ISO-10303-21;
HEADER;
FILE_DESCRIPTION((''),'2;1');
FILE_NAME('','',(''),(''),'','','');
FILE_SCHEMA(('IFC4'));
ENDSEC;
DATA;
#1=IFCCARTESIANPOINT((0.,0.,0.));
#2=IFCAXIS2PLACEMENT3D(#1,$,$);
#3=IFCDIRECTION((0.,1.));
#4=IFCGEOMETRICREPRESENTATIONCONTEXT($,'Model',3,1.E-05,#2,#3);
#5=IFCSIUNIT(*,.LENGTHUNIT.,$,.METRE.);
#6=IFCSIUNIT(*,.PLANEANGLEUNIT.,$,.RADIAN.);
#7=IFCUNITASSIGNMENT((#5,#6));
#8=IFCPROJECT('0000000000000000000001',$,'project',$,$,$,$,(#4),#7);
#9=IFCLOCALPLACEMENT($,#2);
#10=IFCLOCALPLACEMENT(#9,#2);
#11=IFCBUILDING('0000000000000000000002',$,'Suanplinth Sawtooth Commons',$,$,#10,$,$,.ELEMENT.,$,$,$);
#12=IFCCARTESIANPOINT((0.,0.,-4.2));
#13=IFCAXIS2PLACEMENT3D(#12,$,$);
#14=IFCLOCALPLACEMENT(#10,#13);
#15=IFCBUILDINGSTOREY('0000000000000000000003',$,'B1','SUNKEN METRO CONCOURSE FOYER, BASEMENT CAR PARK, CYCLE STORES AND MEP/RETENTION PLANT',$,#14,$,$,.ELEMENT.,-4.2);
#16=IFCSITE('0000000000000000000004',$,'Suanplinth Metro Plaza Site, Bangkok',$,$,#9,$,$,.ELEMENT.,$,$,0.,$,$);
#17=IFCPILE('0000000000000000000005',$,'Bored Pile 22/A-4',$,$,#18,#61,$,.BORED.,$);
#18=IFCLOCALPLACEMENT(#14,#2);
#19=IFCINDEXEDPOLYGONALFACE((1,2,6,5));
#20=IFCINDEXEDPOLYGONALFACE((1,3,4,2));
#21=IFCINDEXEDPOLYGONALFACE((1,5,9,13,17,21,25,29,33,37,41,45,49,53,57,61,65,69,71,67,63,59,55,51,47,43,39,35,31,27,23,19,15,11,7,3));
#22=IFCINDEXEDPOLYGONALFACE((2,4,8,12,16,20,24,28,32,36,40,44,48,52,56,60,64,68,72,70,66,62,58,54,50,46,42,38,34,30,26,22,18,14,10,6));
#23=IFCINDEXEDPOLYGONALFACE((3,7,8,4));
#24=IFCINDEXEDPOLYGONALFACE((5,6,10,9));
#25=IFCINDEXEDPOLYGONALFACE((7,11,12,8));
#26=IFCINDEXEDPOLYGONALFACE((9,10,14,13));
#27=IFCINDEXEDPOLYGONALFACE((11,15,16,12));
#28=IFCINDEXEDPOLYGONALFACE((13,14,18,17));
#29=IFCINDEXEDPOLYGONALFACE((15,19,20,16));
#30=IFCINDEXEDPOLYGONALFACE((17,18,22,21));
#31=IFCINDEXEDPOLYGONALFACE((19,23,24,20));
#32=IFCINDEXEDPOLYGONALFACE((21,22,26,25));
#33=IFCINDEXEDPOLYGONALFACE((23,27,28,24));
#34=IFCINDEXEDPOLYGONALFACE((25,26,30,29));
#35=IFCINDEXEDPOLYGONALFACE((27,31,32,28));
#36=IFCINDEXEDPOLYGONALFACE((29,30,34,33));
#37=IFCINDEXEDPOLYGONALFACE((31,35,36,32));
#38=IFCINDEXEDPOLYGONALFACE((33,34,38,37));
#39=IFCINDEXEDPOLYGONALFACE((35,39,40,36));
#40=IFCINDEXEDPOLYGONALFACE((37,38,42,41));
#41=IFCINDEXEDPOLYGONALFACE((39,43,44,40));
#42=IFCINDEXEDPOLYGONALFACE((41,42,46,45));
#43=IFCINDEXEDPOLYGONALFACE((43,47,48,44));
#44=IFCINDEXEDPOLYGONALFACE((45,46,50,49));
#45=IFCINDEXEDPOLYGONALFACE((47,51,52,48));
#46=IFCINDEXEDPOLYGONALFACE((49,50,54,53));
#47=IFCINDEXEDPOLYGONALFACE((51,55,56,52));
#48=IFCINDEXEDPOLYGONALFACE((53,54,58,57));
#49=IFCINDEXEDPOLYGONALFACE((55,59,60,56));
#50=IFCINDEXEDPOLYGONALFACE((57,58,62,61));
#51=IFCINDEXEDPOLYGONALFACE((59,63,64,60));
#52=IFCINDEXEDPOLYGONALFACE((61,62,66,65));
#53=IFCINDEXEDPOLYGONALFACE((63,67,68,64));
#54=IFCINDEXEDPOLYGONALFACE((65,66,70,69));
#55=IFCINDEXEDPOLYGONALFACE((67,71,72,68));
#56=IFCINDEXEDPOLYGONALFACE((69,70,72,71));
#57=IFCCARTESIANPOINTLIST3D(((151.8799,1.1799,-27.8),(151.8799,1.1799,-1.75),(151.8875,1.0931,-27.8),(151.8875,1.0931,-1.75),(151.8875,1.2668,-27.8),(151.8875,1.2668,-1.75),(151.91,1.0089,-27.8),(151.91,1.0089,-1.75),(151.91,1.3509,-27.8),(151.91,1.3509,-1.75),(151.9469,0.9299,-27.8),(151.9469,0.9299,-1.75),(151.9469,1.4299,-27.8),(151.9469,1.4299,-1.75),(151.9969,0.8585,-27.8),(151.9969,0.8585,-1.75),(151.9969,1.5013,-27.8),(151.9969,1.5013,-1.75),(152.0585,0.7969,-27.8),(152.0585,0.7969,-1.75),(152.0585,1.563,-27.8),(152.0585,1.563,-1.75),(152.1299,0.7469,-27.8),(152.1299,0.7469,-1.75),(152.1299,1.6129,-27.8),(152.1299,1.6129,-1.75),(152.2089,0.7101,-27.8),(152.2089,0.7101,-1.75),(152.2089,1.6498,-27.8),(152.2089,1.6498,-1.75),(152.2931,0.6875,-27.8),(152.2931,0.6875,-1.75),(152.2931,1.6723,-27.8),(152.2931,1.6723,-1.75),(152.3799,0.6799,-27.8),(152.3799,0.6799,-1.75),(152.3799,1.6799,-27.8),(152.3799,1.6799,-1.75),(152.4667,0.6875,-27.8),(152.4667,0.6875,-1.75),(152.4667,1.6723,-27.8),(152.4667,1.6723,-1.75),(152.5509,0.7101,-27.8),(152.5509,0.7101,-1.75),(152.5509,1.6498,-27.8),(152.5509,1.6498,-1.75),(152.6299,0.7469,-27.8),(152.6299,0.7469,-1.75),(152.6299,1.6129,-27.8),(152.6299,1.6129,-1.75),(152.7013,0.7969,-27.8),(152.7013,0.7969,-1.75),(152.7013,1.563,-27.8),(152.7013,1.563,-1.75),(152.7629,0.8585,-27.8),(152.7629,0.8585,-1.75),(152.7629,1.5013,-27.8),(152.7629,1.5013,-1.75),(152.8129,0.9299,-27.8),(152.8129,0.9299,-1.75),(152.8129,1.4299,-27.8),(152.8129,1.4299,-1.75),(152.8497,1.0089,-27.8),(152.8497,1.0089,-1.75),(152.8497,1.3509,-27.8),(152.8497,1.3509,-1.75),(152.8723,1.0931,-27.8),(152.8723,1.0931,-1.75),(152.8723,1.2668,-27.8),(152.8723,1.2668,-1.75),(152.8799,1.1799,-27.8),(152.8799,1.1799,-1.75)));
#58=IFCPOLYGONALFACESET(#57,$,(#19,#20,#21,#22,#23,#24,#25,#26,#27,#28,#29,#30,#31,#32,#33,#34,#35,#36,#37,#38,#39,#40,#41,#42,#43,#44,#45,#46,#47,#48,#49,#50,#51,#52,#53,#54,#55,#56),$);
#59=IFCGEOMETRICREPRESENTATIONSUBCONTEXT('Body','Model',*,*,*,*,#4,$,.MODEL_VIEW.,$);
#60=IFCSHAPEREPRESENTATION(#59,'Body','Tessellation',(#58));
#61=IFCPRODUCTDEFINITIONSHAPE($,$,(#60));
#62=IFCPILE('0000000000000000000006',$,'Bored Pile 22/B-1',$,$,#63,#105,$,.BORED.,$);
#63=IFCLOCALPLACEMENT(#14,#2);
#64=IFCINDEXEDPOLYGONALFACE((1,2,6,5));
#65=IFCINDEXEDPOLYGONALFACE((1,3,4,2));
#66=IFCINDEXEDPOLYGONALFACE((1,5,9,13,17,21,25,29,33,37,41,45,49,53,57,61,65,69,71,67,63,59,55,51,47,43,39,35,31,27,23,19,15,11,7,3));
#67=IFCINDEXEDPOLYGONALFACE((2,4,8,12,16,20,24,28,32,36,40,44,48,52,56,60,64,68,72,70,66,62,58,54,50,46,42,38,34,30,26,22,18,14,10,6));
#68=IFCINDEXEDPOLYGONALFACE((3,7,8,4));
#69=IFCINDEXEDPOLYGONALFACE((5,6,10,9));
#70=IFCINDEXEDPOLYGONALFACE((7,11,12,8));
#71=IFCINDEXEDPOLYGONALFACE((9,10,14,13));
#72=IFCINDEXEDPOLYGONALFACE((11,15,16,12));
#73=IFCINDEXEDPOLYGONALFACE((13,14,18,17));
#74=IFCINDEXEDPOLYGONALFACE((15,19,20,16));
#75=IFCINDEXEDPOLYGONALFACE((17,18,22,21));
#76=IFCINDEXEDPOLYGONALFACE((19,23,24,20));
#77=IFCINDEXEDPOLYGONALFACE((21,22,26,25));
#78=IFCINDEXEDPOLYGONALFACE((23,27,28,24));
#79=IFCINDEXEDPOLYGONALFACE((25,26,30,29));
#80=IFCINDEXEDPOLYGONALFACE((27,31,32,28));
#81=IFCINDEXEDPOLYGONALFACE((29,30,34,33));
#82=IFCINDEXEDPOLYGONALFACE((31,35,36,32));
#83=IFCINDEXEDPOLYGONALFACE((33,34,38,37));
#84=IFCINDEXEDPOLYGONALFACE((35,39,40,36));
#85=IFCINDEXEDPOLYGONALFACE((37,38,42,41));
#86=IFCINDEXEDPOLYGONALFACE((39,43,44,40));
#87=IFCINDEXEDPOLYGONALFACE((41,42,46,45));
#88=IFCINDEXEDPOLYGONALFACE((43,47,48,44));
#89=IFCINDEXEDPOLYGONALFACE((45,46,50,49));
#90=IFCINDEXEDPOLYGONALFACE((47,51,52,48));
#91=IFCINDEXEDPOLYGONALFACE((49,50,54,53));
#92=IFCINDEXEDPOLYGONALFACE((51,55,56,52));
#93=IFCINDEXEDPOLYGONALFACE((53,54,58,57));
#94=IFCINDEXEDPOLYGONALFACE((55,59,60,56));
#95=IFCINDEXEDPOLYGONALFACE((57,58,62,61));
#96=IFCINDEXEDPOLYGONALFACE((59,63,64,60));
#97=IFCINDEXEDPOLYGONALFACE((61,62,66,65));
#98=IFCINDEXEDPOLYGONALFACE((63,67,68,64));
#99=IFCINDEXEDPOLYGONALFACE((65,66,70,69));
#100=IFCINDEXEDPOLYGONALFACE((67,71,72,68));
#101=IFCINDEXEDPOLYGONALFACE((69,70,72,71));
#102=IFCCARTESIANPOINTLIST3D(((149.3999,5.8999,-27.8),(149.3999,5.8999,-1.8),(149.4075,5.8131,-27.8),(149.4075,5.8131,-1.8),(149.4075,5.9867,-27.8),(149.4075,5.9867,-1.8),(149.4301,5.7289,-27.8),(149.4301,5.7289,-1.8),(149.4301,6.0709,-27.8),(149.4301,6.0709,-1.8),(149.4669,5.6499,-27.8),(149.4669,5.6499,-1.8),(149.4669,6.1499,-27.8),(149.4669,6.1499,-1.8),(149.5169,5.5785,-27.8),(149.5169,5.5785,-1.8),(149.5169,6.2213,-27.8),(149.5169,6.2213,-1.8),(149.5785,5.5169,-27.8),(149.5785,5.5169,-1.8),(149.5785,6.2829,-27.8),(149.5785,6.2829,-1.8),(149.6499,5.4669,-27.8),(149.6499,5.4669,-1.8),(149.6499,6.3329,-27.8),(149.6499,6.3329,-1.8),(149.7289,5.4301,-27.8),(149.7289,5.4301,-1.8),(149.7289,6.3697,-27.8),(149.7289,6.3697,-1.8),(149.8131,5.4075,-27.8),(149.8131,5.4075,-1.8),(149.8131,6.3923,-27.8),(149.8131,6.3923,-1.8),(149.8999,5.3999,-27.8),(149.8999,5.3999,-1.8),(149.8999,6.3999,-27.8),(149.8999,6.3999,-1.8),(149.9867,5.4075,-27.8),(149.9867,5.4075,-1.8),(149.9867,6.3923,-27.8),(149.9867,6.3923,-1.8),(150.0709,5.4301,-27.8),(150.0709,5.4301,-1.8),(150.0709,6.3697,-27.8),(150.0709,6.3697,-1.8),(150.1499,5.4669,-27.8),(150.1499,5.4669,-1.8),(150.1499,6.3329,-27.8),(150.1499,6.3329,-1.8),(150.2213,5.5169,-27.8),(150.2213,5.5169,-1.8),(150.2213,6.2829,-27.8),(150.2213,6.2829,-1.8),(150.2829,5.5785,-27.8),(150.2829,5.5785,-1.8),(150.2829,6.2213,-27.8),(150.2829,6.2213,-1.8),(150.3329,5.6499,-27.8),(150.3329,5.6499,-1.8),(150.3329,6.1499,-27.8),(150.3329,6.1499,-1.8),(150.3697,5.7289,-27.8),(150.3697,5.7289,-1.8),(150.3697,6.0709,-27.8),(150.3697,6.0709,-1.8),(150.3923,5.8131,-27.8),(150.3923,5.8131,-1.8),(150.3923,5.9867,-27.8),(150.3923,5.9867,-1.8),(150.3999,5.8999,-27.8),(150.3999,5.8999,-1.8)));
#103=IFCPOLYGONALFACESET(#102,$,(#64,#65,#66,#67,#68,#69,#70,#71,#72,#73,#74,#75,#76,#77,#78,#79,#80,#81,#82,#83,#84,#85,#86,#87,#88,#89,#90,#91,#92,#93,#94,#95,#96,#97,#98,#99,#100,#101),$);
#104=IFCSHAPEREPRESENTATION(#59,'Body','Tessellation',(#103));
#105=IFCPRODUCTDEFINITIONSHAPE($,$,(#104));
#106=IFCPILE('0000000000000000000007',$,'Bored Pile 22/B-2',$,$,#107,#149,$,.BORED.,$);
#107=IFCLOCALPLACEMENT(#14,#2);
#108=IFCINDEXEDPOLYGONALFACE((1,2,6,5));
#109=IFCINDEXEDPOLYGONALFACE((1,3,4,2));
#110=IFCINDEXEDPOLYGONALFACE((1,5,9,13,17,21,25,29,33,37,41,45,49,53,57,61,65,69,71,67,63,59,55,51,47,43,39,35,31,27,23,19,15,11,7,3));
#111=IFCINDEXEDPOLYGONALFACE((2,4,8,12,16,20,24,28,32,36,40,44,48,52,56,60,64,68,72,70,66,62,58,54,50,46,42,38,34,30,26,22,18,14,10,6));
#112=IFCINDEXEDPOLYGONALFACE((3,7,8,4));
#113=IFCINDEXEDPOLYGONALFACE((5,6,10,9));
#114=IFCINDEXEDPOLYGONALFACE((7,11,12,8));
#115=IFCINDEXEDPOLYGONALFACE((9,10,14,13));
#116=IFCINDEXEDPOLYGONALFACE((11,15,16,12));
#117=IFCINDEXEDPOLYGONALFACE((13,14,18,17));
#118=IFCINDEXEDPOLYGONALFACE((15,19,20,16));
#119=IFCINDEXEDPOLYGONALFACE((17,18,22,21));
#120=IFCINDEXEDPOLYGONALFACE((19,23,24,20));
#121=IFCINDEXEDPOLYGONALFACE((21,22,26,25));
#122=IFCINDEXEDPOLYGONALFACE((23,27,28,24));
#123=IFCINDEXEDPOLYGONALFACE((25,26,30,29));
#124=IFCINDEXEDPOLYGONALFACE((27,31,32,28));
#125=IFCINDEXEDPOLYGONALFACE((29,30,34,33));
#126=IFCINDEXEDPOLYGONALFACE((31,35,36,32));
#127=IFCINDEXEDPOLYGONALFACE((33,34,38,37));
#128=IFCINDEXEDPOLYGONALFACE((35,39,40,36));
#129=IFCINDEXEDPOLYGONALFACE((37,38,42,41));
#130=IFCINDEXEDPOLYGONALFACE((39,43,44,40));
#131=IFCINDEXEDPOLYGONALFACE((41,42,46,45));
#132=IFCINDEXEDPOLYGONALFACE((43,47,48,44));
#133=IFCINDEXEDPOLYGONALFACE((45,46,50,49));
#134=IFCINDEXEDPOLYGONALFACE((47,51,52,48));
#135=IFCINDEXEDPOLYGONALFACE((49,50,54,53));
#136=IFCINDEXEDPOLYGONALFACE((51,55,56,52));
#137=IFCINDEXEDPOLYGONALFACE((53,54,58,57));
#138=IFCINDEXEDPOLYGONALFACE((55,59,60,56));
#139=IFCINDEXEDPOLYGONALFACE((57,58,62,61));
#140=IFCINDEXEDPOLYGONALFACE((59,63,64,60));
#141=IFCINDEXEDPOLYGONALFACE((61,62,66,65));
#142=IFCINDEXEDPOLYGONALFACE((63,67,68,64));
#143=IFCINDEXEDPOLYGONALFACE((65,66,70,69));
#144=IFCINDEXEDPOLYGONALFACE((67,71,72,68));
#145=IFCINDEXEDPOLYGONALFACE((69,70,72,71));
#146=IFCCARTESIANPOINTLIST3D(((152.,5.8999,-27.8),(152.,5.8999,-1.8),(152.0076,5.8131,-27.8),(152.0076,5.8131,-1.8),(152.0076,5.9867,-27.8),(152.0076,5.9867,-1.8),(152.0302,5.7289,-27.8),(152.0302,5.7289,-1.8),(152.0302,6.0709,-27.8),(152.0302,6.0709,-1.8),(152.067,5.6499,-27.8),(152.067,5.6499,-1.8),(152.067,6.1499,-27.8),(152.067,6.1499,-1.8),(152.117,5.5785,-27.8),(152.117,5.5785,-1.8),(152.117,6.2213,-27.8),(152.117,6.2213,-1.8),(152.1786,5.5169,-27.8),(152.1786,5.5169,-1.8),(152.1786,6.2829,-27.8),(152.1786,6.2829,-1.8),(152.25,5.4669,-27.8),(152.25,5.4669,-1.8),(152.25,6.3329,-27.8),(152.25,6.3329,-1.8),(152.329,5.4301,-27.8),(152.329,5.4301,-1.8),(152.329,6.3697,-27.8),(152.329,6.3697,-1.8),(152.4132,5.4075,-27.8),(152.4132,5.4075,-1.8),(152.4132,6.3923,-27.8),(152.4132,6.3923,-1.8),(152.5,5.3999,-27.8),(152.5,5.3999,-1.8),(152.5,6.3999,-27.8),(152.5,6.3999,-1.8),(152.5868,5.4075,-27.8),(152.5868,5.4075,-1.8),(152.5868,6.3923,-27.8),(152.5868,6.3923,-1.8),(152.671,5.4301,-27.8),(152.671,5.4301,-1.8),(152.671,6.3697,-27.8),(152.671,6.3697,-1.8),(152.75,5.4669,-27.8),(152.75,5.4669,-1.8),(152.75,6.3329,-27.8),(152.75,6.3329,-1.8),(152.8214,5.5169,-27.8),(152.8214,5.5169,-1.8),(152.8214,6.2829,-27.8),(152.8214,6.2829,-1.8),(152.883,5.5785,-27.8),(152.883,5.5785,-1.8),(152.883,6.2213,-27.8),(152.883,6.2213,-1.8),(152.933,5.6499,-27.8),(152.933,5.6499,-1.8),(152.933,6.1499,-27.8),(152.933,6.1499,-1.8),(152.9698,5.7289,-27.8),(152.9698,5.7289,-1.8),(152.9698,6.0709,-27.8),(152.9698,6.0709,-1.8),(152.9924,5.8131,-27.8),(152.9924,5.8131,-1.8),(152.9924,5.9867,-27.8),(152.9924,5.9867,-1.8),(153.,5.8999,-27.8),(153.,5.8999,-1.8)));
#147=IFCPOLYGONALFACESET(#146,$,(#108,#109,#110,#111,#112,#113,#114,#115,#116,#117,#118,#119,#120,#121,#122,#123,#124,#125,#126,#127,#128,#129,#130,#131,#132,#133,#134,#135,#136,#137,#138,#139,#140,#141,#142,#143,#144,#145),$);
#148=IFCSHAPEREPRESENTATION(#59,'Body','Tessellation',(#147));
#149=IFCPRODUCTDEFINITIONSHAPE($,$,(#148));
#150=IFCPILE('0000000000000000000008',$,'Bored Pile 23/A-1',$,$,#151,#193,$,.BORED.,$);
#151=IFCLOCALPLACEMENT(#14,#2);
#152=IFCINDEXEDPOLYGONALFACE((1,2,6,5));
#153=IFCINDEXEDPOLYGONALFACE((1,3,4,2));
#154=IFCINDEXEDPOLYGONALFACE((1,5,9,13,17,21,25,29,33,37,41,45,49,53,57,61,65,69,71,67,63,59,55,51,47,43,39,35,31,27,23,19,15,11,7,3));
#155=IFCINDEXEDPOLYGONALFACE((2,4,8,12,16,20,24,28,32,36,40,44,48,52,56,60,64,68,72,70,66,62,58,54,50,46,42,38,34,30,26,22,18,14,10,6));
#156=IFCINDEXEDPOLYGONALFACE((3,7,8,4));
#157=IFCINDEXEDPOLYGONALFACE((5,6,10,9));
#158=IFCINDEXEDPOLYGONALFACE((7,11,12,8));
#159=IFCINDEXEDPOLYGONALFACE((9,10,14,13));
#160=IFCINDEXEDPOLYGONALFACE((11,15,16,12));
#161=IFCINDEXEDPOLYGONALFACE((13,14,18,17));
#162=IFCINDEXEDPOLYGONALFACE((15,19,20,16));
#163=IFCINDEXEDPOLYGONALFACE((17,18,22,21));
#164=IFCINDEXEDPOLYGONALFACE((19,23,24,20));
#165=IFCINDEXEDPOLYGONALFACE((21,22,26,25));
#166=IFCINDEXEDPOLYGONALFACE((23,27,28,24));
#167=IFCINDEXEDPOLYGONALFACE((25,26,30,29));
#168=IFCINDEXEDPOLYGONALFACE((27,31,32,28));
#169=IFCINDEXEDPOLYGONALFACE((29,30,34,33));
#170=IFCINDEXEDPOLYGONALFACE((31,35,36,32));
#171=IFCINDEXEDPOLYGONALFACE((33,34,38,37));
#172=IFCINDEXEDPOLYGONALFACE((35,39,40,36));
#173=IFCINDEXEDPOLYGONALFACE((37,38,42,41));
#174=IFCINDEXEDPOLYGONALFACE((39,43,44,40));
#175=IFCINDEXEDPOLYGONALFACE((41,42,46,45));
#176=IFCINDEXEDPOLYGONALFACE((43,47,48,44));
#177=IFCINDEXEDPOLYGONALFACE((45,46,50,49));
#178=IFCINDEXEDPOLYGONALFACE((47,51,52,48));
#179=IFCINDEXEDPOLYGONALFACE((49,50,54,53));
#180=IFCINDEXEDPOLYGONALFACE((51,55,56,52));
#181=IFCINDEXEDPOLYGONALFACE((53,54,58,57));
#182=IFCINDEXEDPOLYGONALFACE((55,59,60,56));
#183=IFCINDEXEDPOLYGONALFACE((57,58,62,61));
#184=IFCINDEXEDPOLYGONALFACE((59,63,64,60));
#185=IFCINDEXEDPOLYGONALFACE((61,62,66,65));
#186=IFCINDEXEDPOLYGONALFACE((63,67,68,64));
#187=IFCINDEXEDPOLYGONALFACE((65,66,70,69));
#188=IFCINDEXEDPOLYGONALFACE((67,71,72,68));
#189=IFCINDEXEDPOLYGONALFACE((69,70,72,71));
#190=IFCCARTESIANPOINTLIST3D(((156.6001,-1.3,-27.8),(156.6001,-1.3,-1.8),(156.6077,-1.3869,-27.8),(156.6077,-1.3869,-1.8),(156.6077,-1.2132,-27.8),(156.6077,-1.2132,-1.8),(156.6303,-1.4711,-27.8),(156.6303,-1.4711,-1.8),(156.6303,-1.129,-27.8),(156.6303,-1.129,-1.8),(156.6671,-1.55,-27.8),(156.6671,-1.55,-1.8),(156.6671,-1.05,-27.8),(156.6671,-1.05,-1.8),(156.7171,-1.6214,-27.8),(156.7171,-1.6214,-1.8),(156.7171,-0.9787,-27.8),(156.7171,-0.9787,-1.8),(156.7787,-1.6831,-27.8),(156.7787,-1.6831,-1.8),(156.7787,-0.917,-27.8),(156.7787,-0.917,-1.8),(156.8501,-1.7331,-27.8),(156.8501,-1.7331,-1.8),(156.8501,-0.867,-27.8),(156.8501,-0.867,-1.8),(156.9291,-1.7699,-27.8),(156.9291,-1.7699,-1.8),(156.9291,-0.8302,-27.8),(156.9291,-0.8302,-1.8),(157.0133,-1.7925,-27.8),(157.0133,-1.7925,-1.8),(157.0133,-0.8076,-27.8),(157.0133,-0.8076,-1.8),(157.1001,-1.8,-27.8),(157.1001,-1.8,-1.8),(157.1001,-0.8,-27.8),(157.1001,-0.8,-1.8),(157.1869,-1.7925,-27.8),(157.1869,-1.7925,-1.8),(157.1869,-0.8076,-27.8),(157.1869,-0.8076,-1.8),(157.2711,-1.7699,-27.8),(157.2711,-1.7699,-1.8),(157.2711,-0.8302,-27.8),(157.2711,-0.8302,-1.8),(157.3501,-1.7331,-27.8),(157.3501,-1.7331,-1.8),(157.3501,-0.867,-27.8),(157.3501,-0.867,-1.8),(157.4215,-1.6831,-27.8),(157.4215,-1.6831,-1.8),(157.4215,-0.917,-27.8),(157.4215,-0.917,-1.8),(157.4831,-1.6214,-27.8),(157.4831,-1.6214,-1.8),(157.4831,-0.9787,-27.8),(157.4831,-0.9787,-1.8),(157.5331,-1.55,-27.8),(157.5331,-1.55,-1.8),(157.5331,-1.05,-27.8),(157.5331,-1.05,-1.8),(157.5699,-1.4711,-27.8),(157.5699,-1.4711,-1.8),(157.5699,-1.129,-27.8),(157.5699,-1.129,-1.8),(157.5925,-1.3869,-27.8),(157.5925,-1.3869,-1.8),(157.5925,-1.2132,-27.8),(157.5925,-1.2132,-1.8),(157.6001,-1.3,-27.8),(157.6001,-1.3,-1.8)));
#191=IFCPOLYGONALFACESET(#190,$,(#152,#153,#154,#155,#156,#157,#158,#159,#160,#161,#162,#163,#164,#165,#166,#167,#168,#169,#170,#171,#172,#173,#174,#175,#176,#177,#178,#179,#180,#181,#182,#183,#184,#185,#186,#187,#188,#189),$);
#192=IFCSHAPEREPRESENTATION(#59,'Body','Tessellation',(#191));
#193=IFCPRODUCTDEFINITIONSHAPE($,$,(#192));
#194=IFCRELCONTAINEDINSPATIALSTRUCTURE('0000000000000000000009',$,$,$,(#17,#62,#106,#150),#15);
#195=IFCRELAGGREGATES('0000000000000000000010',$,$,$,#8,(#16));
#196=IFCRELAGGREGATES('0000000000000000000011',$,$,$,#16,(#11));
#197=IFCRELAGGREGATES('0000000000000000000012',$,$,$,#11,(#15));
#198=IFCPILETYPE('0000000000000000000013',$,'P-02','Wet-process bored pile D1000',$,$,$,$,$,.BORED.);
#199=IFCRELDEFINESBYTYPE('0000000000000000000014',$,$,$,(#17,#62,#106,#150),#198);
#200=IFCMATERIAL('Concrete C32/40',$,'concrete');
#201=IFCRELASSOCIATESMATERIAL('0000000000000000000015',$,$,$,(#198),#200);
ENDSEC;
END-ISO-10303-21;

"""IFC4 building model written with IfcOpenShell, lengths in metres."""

from ifc_helpers import new_model, si_unit, direction, frame, origin, origin_2d, place, context, subcontext, project, spatial, circle, extrude, material, material_profile, profile_set, type_object, element, save


model = new_model("IFC4")

# Units and contexts
model_context = context("Model", 3, precision=1e-05, world=origin(), true_north=direction((0.0, 1.0)))
body_context = subcontext(model_context, "Body", "Model", "MODEL_VIEW")
ifc_project = project(units=[si_unit("LENGTHUNIT", "METRE"), si_unit("PLANEANGLEUNIT", "RADIAN")], contexts=[model_context])

# Site, building, storey
site_placement = place(None, origin())
site = spatial("IfcSite", under=ifc_project, at=site_placement, Name="Suanplinth Metro Plaza Site, Bangkok", CompositionType="ELEMENT", RefElevation=0.0)
building_placement = place(site_placement, origin())
building = spatial("IfcBuilding", under=site, at=building_placement, Name="Suanplinth Sawtooth Commons", CompositionType="ELEMENT")
storey_placement = place(building_placement, frame((0.0, 0.0, -4.2)))
storey = spatial("IfcBuildingStorey", under=building, at=storey_placement, Name="B1", Description="SUNKEN METRO CONCOURSE FOYER, BASEMENT CAR PARK, CYCLE STORES AND MEP/RETENTION PLANT", CompositionType="ELEMENT", Elevation=-4.2)

# Piles
ifc_material_1 = material(Name="Concrete C32/40", Category="concrete")
ifc_material_profile_1 = material_profile(ifc_material_1, circle(Radius=0.5, at=origin_2d()), Name="PILE D1000")
ifc_profile_set_1 = profile_set([ifc_material_profile_1], Name="Concrete C32/40")
pile_type = type_object("IfcPileType", Name="P-02", Description="Wet-process bored pile D1000", PredefinedType="BORED", material=ifc_profile_set_1)
for number, where, z_axis, x_axis, name in (
    (1, (152.3799, 1.1799, -1.75), (0.0, 0.0, -1.0), (1.0, 0.0, 0.0), "Bored Pile 22/A-4"),
):
    element("IfcPile", number, at=place(storey_placement, frame(where, z_axis=z_axis, x_axis=x_axis)), inside=storey, type_object=pile_type, Name=name, PredefinedType="BORED", context=body_context, shape_type="SweptSolid", body=[
        extrude(circle(Radius=0.5, at=origin_2d()), origin(), (0.0, 0.0, 1.0), 26.05),
    ])
for number, where, z_axis, x_axis, name in (
    (2, (149.8999, 5.8999, -1.8), (0.0, 0.0, -1.0), (1.0, 0.0, 0.0), "Bored Pile 22/B-1"),
    (3, (152.5, 5.8999, -1.8), (0.0, 0.0, -1.0), (1.0, 0.0, 0.0), "Bored Pile 22/B-2"),
    (4, (157.1001, -1.3, -1.8), (0.0, 0.0, -1.0), (1.0, 0.0, 0.0), "Bored Pile 23/A-1"),
):
    element("IfcPile", number, at=place(storey_placement, frame(where, z_axis=z_axis, x_axis=x_axis)), inside=storey, type_object=pile_type, Name=name, PredefinedType="BORED", context=body_context, shape_type="SweptSolid", body=[
        extrude(circle(Radius=0.5, at=origin_2d()), origin(), (0.0, 0.0, 1.0), 26.0),
    ])

save(model, "model.ifc")
